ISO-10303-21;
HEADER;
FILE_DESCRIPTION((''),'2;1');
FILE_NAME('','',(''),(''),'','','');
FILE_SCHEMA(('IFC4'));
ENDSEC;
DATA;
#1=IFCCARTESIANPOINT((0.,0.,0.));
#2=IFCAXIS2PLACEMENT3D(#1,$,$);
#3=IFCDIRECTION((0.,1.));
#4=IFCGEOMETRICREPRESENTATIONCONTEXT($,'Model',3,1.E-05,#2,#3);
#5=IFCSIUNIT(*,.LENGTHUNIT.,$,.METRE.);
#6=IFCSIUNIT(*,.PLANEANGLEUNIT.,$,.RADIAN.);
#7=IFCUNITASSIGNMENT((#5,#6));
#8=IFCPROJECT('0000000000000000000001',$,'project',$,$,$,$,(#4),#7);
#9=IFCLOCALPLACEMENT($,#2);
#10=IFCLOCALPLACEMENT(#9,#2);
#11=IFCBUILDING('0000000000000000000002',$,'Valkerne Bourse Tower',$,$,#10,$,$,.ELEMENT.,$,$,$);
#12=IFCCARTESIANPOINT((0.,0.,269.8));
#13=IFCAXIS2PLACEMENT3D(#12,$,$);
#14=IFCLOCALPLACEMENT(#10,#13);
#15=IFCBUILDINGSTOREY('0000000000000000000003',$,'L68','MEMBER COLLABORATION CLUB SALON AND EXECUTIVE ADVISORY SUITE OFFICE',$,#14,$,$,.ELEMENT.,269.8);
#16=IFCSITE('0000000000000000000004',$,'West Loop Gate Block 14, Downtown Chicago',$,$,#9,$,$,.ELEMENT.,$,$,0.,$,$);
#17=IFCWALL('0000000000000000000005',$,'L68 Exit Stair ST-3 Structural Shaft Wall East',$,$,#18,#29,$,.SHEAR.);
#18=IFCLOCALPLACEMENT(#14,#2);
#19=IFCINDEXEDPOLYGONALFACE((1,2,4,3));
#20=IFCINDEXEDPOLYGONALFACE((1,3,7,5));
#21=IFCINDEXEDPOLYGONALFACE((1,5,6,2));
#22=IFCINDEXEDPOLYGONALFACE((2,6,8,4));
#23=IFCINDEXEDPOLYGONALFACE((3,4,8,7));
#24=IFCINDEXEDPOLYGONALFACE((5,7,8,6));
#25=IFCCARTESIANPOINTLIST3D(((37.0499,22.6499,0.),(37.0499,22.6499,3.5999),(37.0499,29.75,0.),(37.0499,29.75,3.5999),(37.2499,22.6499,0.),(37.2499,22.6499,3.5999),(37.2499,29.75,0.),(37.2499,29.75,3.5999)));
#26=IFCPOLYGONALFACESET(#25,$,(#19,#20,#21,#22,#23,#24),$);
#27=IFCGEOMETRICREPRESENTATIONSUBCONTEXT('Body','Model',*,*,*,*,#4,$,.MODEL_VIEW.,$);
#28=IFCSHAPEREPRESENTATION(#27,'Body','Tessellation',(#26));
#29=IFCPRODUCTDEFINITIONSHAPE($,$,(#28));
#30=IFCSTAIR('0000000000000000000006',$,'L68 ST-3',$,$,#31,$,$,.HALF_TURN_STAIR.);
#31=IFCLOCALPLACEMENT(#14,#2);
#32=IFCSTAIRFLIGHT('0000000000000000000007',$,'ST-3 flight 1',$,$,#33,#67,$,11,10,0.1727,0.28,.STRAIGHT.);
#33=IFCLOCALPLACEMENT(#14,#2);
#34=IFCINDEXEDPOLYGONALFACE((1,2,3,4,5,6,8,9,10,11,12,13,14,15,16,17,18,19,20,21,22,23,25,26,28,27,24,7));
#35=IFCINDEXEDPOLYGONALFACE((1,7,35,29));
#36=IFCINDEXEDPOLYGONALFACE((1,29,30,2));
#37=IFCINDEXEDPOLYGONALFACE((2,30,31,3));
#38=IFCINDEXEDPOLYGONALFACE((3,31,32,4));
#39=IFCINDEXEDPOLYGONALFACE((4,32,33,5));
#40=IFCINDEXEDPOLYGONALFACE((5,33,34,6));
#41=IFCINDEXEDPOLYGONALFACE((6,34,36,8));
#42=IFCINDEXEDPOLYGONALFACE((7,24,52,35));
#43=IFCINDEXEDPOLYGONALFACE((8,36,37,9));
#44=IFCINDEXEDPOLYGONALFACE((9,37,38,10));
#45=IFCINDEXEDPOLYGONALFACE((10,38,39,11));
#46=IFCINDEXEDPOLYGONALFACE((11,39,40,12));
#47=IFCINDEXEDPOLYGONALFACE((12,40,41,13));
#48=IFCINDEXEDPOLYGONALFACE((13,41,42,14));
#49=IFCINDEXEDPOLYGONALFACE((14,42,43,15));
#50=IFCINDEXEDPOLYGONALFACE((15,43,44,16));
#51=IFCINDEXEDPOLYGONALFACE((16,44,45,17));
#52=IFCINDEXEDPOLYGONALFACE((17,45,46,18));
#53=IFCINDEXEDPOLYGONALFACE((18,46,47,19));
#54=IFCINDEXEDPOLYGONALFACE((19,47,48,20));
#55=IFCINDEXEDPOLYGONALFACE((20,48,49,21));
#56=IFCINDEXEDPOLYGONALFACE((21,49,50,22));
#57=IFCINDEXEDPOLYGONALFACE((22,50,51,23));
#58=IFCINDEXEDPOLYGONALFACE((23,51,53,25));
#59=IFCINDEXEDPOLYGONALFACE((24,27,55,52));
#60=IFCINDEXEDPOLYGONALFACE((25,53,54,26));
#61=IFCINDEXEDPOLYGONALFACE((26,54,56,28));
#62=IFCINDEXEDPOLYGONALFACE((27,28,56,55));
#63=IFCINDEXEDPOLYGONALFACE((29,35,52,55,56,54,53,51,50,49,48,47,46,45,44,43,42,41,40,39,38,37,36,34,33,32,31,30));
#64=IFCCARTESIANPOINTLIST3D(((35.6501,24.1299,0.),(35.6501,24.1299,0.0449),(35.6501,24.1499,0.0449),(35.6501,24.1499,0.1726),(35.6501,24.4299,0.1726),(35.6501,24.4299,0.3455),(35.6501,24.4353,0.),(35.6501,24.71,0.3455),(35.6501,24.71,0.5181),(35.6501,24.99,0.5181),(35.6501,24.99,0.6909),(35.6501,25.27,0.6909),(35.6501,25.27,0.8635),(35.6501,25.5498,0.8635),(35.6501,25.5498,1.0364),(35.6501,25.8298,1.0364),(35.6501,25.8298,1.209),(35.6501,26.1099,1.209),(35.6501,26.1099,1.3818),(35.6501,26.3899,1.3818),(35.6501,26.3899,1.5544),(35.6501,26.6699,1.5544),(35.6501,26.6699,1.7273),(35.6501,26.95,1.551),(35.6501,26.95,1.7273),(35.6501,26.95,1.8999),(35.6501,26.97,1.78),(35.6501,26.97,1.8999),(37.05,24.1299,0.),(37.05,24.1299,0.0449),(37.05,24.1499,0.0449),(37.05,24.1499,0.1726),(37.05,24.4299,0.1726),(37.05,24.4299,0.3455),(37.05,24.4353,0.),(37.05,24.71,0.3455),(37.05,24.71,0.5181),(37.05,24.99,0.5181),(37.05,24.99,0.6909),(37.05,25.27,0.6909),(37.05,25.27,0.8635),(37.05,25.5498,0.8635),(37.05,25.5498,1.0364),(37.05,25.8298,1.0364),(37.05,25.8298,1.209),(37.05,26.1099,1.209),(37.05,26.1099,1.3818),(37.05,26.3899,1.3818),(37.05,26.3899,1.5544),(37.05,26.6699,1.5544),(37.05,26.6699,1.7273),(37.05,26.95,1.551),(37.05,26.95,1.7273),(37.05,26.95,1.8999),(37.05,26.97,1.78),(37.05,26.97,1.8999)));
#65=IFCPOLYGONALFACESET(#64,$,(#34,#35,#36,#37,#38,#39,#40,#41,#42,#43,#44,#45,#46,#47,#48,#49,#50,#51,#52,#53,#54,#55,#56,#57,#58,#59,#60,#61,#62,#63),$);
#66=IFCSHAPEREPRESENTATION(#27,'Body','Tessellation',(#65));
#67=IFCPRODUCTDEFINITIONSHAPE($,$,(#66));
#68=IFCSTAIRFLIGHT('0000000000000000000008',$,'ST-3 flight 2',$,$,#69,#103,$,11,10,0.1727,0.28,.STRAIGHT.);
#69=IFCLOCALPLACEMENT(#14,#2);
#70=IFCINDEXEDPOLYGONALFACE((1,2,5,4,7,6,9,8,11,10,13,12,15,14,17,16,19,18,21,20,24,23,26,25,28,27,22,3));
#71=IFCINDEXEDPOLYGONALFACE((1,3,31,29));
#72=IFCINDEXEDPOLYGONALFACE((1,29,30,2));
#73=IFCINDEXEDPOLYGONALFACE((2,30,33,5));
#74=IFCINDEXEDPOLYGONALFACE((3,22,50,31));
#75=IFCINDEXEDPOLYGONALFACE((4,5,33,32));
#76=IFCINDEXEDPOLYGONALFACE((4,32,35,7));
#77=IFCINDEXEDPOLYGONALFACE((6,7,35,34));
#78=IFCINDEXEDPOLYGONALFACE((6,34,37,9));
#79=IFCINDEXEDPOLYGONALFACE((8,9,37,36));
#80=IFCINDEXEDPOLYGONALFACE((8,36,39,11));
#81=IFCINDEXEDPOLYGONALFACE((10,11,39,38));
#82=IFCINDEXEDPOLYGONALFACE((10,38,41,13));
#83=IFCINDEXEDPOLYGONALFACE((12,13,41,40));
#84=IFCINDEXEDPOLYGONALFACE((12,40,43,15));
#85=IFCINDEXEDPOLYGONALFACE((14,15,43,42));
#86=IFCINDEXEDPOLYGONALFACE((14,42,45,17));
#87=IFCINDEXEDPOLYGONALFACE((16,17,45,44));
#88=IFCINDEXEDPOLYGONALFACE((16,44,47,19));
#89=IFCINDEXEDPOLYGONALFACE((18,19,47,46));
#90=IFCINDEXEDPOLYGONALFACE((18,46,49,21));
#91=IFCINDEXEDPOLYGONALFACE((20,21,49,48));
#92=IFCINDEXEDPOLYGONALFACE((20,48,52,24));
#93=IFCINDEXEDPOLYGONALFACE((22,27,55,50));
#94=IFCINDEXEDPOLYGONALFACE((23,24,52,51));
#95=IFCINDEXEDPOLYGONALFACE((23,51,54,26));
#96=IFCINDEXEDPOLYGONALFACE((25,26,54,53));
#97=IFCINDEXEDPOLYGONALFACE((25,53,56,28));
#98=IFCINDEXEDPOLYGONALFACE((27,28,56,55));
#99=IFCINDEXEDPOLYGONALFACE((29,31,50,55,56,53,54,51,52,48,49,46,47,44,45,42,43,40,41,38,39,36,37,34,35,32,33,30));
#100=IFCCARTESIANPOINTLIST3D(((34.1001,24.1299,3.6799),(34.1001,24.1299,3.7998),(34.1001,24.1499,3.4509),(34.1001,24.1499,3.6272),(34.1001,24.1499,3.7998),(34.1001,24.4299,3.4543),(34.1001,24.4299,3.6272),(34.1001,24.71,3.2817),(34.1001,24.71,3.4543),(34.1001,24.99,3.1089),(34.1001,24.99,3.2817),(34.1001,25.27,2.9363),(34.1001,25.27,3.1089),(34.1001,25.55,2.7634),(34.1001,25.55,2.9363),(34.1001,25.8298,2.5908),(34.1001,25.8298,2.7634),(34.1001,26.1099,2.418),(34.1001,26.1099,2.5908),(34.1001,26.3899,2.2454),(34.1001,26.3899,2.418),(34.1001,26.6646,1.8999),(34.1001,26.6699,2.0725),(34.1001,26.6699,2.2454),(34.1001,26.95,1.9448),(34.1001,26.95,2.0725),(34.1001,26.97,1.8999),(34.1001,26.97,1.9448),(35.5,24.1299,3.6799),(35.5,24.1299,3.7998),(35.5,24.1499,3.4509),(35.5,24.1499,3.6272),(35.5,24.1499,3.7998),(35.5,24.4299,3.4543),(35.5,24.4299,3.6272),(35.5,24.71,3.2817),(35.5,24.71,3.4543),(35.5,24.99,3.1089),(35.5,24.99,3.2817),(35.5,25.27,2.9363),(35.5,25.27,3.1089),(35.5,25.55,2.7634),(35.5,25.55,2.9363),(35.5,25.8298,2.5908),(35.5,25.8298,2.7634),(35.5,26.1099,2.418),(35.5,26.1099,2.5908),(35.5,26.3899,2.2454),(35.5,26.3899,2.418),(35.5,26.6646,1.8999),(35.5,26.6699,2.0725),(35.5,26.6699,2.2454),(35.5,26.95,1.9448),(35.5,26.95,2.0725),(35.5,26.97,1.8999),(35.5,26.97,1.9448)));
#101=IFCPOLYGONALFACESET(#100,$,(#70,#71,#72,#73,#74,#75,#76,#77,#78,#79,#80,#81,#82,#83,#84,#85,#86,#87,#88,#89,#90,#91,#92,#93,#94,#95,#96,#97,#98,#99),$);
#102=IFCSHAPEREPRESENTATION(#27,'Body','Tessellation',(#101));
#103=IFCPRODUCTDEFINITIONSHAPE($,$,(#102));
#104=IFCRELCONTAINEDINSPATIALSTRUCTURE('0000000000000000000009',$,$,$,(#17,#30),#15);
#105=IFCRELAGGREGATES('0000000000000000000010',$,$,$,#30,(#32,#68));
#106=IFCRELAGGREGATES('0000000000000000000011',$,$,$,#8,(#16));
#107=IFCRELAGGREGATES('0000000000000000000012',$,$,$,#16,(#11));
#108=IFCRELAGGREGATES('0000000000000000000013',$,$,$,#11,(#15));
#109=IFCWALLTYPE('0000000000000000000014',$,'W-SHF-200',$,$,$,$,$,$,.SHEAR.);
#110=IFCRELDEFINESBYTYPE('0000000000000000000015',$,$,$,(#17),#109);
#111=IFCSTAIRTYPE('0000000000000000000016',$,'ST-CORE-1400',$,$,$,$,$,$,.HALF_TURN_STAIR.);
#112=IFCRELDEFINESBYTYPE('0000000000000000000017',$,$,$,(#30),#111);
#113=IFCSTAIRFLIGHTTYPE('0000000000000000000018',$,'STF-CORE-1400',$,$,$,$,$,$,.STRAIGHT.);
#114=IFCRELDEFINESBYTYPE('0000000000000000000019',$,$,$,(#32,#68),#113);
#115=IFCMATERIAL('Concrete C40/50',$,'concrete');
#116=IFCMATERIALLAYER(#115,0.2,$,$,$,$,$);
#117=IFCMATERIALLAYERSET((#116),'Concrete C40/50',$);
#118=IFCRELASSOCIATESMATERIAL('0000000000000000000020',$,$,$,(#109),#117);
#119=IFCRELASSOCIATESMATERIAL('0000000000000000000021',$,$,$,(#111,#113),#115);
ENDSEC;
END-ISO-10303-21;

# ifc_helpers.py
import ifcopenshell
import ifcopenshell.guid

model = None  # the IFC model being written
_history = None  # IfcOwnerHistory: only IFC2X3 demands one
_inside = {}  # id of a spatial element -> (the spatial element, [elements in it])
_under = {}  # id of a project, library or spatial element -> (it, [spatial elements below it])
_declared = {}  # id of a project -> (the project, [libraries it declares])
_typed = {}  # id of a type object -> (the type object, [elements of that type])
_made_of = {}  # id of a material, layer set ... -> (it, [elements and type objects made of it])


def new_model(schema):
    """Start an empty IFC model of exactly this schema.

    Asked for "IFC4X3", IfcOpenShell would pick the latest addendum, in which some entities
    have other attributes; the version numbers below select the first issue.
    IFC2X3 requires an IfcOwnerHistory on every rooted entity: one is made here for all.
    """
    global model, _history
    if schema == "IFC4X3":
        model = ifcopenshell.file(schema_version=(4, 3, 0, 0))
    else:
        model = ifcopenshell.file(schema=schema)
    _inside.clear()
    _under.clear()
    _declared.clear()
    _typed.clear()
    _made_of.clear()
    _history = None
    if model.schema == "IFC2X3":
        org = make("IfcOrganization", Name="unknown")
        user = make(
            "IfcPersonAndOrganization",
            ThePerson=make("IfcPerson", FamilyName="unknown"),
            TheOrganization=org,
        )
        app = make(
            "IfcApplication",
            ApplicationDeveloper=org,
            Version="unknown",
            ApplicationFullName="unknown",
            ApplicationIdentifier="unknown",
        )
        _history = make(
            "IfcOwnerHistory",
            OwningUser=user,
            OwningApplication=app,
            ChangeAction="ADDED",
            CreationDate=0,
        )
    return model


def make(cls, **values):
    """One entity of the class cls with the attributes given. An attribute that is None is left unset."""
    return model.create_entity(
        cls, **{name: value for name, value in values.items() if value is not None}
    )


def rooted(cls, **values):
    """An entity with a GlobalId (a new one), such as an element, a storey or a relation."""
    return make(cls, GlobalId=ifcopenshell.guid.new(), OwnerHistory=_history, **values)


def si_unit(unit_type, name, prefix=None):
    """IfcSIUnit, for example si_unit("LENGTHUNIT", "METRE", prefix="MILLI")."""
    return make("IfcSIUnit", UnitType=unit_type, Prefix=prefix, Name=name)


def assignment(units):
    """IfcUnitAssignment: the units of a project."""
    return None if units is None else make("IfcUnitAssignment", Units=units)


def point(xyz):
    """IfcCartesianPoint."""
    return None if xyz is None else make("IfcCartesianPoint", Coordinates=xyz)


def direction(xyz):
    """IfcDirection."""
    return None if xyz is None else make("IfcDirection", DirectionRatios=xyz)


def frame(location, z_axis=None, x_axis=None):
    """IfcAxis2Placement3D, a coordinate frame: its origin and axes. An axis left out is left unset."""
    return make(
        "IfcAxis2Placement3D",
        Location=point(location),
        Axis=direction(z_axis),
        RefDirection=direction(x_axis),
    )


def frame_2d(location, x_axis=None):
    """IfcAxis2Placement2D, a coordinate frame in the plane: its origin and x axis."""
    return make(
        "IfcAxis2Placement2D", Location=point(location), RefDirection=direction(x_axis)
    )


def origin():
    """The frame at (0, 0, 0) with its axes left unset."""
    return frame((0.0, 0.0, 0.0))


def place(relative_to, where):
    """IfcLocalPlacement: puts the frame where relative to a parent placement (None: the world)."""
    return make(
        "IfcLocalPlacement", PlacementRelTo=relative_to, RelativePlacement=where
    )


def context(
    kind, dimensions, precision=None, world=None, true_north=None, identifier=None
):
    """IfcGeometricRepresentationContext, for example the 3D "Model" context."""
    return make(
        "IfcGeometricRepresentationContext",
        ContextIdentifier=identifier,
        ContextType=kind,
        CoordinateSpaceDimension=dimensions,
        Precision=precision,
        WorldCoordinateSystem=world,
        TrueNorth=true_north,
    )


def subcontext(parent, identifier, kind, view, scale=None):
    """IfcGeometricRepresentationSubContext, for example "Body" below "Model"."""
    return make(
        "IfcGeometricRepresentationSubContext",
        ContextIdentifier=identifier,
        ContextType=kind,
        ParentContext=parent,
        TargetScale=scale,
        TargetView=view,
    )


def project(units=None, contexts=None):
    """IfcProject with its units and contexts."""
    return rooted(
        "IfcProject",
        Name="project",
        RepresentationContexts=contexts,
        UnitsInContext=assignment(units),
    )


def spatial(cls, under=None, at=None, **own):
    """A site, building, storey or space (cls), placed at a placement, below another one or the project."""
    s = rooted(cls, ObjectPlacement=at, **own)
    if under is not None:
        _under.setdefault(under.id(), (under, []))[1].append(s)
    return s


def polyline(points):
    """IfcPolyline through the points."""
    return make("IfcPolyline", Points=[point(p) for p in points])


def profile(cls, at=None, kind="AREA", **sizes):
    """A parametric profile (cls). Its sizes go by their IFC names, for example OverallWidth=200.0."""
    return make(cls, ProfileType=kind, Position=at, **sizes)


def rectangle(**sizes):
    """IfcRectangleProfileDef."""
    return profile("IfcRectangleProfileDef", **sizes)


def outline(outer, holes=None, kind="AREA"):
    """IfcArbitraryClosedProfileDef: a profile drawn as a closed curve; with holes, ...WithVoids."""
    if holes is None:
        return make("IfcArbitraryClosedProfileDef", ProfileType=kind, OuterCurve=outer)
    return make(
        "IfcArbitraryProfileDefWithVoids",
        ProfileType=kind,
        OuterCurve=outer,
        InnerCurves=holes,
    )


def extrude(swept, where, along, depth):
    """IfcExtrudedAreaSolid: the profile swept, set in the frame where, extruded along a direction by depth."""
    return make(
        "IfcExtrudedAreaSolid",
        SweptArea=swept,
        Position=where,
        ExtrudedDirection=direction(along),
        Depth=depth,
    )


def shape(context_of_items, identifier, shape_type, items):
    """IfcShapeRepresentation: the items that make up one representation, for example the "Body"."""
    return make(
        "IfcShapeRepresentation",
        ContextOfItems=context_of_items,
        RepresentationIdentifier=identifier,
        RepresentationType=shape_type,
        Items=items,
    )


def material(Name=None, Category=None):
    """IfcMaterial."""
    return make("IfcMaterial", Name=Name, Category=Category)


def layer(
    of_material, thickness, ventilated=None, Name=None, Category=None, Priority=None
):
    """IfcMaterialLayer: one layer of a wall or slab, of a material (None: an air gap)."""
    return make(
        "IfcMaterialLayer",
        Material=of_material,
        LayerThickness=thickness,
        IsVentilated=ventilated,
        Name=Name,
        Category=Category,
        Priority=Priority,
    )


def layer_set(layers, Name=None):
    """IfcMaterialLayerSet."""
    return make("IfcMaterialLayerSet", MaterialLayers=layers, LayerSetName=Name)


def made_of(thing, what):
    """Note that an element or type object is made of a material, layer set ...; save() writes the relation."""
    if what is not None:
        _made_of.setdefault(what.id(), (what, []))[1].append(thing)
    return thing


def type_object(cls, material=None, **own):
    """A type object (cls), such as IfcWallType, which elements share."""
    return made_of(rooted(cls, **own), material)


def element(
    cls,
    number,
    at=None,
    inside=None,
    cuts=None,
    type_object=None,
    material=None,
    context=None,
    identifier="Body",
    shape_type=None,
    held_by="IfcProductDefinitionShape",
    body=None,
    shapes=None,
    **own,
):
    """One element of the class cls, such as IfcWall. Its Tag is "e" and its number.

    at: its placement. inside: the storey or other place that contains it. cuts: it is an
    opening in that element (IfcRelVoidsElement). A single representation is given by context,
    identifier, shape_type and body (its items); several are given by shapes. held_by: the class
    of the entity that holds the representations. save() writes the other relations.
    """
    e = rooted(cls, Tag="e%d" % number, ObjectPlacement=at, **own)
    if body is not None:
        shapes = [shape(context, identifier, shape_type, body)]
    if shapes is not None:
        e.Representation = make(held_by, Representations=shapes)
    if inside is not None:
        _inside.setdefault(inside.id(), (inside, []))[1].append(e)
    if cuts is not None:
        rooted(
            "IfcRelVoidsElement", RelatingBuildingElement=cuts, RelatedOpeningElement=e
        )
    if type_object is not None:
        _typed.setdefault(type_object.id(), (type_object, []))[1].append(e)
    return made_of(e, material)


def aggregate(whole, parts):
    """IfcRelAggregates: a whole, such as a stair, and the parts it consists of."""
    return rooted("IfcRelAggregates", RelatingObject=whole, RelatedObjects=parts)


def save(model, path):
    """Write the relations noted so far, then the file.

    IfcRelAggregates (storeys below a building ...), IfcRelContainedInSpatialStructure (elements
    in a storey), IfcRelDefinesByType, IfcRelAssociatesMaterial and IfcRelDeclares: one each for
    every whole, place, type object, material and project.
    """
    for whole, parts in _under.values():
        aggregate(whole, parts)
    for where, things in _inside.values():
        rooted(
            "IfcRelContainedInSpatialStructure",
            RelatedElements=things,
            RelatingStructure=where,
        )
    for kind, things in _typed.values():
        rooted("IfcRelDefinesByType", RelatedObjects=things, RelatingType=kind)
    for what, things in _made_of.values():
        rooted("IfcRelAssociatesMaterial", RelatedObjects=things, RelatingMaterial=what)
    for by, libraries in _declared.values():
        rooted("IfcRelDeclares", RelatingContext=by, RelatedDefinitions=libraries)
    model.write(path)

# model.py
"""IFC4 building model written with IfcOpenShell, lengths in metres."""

from ifc_helpers import new_model, si_unit, direction, frame, frame_2d, origin, place, context, subcontext, project, spatial, polyline, rectangle, outline, extrude, material, layer, layer_set, type_object, element, aggregate, save


model = new_model("IFC4")

# Units and contexts
model_context = context("Model", 3, precision=1e-05, world=origin(), true_north=direction((0.0, 1.0)))
body_context = subcontext(model_context, "Body", "Model", "MODEL_VIEW")
ifc_project = project(units=[si_unit("LENGTHUNIT", "METRE"), si_unit("PLANEANGLEUNIT", "RADIAN")], contexts=[model_context])

# Site, building, storey
site_placement = place(None, origin())
site = spatial("IfcSite", under=ifc_project, at=site_placement, Name="West Loop Gate Block 14, Downtown Chicago", CompositionType="ELEMENT", RefElevation=0.0)
building_placement = place(site_placement, origin())
building = spatial("IfcBuilding", under=site, at=building_placement, Name="Valkerne Bourse Tower", CompositionType="ELEMENT")
storey_placement = place(building_placement, frame((0.0, 0.0, 269.8)))
storey = spatial("IfcBuildingStorey", under=building, at=storey_placement, Name="L68", Description="MEMBER COLLABORATION CLUB SALON AND EXECUTIVE ADVISORY SUITE OFFICE", CompositionType="ELEMENT", Elevation=269.8)

# Wall
ifc_material_1 = material(Name="Concrete C40/50", Category="concrete")
ifc_layer_1 = layer(ifc_material_1, 0.2)
ifc_layer_set_1 = layer_set([ifc_layer_1], Name="Concrete C40/50")
wall_type_1 = type_object("IfcWallType", Name="W-SHF-200", PredefinedType="SHEAR", material=ifc_layer_set_1)
wall_1_placement = place(storey_placement, frame((37.1499, 22.6499, 0.0), z_axis=(0.0, 0.0, 1.0), x_axis=(0.0, 1.0, 0.0)))
element("IfcWall", 1, at=wall_1_placement, inside=storey, type_object=wall_type_1, Name="L68 Exit Stair ST-3 Structural Shaft Wall East", PredefinedType="SHEAR", context=body_context, shape_type="SweptSolid", body=[
    extrude(rectangle(XDim=7.1001, YDim=0.2, at=frame_2d((3.55, 0.0))), origin(), (0.0, 0.0, 1.0), 3.5999),
])

# Stair, stair flights
stair_type = type_object("IfcStairType", Name="ST-CORE-1400", PredefinedType="HALF_TURN_STAIR", material=ifc_material_1)
stair_placement = place(storey_placement, origin())
stair = element("IfcStair", 2, at=stair_placement, inside=storey, type_object=stair_type, Name="L68 ST-3", PredefinedType="HALF_TURN_STAIR")
stair_flight_type = type_object("IfcStairFlightType", Name="STF-CORE-1400", PredefinedType="STRAIGHT", material=ifc_material_1)
stair_flight_1_placement = place(storey_placement, frame((36.3501, 24.1499, 0.0), z_axis=(0.0, 0.0, 1.0), x_axis=(0.0, 1.0, 0.0)))
stair_flight_1 = element("IfcStairFlight", 3, at=stair_flight_1_placement, type_object=stair_flight_type, Name="ST-3 flight 1", NumberOfRisers=11, NumberOfTreads=10, PredefinedType="STRAIGHT", RiserHeight=0.1727, TreadLength=0.28, context=body_context, shape_type="SweptSolid", body=[
    extrude(outline(polyline([(-0.02, 0.0), (-0.02, 0.0449), (0.0, 0.0449), (0.0, 0.1726), (0.28, 0.1726), (0.28, 0.3455), (0.5601, 0.3455), (0.5601, 0.5181), (0.8401, 0.5181), (0.8401, 0.6909), (1.1201, 0.6909), (1.1201, 0.8635), (1.3999, 0.8635), (1.3999, 1.0364), (1.6799, 1.0364), (1.6799, 1.209), (1.96, 1.209), (1.96, 1.3818), (2.24, 1.3818), (2.24, 1.5544), (2.52, 1.5544), (2.52, 1.7273), (2.8, 1.7273), (2.8, 1.8999), (2.8201, 1.8999), (2.8201, 1.78), (2.8, 1.551), (0.2854, 0.0), (-0.02, 0.0)])), frame((0.0, 0.7, 0.0), z_axis=(0.0, -1.0, 0.0), x_axis=(1.0, 0.0, 0.0)), (0.0, 0.0, 1.0), 1.3999),
])
stair_flight_2_placement = place(storey_placement, frame((34.8, 26.95, 1.8999), z_axis=(0.0, 0.0, 1.0), x_axis=(0.0, -1.0, 0.0)))
stair_flight_2 = element("IfcStairFlight", 4, at=stair_flight_2_placement, type_object=stair_flight_type, Name="ST-3 flight 2", NumberOfRisers=11, NumberOfTreads=10, PredefinedType="STRAIGHT", RiserHeight=0.1727, TreadLength=0.28, context=body_context, shape_type="SweptSolid", body=[
    extrude(outline(polyline([(-0.02, 0.0), (-0.02, 0.0449), (0.0, 0.0449), (0.0, 0.1726), (0.28, 0.1726), (0.28, 0.3455), (0.5601, 0.3455), (0.5601, 0.5181), (0.8401, 0.5181), (0.8401, 0.6909), (1.1201, 0.6909), (1.1201, 0.8635), (1.3999, 0.8635), (1.3999, 1.0364), (1.6799, 1.0364), (1.6799, 1.209), (1.96, 1.209), (1.96, 1.3818), (2.24, 1.3818), (2.24, 1.5544), (2.52, 1.5544), (2.52, 1.7273), (2.8, 1.7273), (2.8, 1.8999), (2.8201, 1.8999), (2.8201, 1.78), (2.8, 1.551), (0.2854, 0.0), (-0.02, 0.0)])), frame((0.0, 0.7, 0.0), z_axis=(0.0, -1.0, 0.0), x_axis=(1.0, 0.0, 0.0)), (0.0, 0.0, 1.0), 1.3999),
])
aggregate(stair, [stair_flight_1, stair_flight_2])

save(model, "model.ifc")
